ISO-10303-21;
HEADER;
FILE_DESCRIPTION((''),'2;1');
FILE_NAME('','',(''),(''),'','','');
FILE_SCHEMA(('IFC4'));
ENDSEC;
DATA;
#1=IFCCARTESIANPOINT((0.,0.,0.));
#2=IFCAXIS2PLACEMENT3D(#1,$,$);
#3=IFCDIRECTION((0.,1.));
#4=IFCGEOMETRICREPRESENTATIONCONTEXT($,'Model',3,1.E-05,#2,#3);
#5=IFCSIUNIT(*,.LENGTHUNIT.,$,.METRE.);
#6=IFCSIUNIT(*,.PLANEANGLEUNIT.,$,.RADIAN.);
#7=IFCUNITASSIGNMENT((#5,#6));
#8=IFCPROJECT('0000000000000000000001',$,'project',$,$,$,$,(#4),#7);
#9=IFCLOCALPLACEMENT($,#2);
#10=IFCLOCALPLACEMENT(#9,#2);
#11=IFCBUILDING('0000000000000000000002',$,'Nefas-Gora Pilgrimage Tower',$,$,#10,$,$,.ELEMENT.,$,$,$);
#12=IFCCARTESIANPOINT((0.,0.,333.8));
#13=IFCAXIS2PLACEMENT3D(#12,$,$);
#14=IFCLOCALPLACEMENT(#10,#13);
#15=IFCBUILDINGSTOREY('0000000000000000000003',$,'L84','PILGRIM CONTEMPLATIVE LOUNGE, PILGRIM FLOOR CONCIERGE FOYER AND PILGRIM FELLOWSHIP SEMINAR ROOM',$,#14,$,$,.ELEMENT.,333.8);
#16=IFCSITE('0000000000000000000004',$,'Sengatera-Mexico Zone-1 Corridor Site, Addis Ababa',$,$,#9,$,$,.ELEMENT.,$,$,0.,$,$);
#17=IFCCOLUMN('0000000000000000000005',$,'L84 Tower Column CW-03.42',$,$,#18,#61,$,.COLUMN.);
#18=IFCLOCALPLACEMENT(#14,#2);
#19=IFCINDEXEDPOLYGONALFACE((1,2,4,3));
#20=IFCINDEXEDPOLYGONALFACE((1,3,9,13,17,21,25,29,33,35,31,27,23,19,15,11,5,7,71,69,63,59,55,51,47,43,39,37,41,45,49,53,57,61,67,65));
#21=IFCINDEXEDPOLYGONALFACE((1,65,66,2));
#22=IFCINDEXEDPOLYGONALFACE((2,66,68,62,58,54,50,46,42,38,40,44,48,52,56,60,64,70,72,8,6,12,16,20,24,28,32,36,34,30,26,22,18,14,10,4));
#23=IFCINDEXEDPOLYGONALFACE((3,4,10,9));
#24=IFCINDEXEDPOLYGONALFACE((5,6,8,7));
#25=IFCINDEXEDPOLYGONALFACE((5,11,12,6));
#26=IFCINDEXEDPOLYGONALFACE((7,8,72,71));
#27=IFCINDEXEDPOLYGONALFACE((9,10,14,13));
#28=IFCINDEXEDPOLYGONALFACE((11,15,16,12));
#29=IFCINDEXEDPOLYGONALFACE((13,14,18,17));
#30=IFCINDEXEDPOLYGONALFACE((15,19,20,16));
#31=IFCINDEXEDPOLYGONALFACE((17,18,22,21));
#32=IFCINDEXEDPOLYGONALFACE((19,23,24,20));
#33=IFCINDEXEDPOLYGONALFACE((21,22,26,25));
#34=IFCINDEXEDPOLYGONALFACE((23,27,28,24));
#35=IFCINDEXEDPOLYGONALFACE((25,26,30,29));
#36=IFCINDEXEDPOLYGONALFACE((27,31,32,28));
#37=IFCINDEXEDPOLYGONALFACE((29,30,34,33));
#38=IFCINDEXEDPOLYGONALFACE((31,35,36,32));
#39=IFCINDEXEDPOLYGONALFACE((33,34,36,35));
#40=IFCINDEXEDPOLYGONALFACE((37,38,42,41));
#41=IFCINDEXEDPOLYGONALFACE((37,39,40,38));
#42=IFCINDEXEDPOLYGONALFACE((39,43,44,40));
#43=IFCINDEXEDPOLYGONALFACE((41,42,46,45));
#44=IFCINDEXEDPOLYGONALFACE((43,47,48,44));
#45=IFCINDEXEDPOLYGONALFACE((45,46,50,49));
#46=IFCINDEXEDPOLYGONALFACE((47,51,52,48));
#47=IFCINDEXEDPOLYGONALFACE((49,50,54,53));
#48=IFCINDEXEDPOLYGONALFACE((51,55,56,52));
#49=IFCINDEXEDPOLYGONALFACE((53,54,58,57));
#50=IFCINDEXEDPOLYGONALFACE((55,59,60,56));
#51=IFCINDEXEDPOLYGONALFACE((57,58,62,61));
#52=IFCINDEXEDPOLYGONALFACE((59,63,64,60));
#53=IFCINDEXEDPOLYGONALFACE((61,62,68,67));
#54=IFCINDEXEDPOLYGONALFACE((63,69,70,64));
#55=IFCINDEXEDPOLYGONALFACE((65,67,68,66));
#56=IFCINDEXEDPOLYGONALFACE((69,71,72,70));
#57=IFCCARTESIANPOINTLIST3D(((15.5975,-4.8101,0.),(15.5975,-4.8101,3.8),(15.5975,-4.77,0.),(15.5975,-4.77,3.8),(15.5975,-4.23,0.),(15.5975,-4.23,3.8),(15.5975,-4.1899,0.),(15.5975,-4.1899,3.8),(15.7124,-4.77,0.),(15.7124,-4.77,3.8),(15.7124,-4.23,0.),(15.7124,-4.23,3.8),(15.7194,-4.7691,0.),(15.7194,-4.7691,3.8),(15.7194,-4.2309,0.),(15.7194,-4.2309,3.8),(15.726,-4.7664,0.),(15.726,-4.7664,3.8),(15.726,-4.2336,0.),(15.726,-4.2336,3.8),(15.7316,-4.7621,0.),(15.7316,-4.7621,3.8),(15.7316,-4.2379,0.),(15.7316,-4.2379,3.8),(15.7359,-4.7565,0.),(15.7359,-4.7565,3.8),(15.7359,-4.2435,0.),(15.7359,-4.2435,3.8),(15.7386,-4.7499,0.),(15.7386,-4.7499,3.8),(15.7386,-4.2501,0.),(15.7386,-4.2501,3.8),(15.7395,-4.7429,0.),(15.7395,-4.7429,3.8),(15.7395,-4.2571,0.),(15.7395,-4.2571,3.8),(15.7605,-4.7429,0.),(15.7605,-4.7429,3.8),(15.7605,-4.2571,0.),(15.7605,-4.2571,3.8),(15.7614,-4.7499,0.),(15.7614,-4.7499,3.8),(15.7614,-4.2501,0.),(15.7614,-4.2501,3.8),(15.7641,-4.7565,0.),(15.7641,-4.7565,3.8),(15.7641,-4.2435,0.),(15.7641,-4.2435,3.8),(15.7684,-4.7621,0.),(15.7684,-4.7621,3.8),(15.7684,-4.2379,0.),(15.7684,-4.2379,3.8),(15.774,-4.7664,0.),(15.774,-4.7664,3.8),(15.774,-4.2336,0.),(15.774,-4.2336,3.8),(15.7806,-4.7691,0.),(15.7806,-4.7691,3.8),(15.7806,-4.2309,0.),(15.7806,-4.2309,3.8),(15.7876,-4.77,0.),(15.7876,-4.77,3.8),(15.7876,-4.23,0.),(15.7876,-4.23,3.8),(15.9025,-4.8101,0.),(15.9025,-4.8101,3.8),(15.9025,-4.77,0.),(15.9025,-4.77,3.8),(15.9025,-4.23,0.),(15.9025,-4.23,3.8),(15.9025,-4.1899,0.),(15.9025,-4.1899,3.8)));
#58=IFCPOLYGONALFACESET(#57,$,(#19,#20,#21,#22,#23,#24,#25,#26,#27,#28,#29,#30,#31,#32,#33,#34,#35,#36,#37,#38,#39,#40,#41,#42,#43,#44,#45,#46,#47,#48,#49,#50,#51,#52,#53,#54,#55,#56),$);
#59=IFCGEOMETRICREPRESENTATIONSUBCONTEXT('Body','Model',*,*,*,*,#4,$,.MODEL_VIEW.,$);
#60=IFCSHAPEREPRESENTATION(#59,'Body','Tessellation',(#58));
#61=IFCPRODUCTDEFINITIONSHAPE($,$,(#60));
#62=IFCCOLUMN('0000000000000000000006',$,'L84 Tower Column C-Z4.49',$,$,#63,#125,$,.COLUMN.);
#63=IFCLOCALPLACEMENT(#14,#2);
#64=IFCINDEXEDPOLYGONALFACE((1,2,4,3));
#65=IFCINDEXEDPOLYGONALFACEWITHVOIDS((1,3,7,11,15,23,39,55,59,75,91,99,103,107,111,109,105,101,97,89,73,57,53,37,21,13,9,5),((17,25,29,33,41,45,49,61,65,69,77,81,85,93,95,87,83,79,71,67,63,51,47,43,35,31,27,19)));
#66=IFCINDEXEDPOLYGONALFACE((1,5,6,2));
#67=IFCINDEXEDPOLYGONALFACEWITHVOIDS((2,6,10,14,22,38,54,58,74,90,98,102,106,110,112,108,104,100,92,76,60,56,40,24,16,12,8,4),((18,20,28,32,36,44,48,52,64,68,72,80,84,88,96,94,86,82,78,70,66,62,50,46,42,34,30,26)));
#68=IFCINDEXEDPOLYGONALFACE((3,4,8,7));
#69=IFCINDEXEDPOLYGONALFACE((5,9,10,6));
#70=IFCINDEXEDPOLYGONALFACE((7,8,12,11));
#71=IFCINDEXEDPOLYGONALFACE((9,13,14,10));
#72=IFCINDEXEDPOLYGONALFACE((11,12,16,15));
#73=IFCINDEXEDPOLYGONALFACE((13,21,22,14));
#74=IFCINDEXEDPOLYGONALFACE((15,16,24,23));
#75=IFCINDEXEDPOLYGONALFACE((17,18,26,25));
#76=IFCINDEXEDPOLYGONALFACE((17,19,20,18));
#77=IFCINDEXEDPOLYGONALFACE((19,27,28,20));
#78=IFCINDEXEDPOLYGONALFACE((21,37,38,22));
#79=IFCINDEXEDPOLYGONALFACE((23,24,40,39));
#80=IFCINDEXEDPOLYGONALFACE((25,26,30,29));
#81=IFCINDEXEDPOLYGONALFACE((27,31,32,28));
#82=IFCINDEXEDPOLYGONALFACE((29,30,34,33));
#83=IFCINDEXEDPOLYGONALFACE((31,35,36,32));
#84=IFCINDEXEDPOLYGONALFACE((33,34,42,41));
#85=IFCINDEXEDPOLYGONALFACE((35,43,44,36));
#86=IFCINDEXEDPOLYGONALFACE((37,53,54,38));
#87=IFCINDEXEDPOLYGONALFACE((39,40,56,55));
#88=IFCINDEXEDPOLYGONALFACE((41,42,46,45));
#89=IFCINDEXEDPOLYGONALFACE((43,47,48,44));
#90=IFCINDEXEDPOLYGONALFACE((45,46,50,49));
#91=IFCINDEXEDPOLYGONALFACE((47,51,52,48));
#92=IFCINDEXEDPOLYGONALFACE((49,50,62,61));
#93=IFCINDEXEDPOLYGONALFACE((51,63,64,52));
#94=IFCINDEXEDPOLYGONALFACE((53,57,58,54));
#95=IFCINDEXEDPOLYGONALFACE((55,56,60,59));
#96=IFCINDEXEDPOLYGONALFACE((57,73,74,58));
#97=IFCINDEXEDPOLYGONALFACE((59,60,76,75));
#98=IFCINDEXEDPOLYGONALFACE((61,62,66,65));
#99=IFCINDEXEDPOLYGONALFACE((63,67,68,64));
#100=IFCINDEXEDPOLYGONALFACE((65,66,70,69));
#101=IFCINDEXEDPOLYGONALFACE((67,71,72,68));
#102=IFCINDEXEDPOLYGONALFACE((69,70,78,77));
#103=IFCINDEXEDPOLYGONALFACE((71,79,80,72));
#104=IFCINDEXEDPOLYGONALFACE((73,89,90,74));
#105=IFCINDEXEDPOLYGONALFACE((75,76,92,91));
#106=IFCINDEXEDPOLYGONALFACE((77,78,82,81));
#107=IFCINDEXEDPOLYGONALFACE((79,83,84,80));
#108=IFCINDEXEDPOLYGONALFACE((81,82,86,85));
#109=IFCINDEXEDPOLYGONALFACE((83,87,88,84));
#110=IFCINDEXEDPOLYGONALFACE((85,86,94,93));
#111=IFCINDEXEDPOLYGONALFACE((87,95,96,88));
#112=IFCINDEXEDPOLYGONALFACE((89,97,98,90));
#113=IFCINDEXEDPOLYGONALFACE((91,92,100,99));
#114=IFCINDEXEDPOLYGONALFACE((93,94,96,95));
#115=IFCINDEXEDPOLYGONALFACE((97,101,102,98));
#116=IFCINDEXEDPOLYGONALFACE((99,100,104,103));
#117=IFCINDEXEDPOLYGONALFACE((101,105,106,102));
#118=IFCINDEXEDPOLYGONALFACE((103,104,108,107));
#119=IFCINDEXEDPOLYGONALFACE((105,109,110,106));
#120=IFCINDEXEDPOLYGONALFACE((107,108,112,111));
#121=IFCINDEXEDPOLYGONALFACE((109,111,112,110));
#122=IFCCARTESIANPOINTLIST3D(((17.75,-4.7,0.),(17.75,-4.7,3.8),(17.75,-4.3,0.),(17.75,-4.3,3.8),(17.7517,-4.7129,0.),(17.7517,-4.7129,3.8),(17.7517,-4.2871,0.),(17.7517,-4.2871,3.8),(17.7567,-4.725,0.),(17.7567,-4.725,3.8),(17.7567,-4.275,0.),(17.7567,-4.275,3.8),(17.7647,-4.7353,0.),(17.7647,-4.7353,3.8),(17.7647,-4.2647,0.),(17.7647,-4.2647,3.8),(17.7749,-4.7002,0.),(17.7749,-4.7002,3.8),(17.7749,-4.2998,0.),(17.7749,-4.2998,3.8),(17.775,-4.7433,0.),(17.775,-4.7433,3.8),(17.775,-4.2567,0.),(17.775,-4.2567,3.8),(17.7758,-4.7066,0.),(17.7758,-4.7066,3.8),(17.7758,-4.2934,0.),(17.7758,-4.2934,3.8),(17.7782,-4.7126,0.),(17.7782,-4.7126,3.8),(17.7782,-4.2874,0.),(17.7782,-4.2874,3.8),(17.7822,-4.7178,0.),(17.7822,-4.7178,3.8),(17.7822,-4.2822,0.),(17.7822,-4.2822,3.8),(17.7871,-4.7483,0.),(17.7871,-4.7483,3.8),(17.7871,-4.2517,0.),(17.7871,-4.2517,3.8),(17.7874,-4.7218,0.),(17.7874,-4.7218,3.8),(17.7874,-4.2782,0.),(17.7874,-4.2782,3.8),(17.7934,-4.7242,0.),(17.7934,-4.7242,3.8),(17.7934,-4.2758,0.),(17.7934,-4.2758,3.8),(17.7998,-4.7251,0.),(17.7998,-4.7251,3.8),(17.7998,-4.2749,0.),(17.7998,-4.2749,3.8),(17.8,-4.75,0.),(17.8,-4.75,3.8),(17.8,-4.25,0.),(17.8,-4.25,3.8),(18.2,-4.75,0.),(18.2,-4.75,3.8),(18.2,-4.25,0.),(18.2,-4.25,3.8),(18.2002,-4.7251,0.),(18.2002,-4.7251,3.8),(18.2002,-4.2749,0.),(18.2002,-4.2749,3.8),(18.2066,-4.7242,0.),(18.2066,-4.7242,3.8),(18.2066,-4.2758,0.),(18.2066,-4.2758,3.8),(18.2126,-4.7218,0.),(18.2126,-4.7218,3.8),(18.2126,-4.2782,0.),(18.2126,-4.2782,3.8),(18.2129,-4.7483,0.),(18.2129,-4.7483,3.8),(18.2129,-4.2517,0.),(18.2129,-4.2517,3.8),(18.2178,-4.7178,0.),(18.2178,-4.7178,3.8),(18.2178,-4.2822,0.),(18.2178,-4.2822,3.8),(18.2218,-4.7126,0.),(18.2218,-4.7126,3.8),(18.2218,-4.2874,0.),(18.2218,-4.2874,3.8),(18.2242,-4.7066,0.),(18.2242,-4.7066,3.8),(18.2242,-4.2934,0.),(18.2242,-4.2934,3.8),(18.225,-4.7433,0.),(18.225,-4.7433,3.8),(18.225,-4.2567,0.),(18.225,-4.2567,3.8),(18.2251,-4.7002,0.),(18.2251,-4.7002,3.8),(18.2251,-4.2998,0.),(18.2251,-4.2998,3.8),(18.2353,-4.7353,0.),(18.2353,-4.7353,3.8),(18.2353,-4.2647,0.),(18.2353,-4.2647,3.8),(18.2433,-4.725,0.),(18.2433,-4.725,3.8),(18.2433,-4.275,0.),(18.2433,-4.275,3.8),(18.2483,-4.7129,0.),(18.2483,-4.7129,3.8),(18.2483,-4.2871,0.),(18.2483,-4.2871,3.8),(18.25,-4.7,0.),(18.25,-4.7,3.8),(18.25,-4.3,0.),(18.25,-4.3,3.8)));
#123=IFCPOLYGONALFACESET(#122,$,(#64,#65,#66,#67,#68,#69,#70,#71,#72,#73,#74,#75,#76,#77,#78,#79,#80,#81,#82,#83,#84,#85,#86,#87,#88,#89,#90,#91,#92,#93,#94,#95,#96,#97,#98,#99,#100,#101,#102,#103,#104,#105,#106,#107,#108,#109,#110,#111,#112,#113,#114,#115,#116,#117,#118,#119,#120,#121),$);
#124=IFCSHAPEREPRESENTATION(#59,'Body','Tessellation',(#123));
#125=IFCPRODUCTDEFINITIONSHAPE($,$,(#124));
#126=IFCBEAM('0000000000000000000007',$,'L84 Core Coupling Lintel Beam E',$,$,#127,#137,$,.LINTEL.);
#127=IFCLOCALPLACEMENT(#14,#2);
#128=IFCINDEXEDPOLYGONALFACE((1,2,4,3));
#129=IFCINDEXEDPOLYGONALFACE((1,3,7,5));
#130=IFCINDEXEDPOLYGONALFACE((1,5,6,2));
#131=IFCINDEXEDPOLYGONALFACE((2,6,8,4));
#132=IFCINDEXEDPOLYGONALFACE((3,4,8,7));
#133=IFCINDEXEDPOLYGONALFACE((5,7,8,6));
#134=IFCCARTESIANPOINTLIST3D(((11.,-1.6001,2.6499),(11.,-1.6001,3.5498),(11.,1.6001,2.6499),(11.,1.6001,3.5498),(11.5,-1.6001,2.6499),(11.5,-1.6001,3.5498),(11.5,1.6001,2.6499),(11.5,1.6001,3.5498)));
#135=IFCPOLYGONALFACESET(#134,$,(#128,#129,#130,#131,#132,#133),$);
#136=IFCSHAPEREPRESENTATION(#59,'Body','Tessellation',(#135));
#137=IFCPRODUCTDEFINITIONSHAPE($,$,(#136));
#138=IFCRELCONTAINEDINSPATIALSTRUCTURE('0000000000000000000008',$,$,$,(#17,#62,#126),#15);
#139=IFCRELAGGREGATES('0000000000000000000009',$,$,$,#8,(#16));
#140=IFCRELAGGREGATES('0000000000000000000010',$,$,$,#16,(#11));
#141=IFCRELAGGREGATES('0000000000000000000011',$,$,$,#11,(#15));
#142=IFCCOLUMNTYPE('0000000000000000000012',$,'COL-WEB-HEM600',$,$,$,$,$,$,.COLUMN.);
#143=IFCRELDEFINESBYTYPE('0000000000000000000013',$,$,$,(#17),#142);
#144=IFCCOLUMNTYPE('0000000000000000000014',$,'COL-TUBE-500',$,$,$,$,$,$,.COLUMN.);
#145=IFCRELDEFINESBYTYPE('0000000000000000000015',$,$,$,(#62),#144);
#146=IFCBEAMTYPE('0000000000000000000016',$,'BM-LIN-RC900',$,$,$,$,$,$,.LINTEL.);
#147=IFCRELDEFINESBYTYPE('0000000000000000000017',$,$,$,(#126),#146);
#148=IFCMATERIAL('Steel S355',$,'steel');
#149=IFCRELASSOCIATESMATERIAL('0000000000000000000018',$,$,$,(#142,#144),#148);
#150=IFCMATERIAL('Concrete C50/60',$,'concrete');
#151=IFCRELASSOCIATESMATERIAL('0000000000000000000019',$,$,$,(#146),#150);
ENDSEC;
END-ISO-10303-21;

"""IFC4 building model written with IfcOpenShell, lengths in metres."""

from ifc_helpers import new_model, si_unit, direction, frame, origin, origin_2d, place, context, subcontext, project, spatial, rectangle, hollow_rectangle, i_section, extrude, source, transform, mapped, material, material_profile, profile_set, type_object, element, save


model = new_model("IFC4")

# Units and contexts
model_context = context("Model", 3, precision=1e-05, world=origin(), true_north=direction((0.0, 1.0)))
body_context = subcontext(model_context, "Body", "Model", "MODEL_VIEW")
ifc_project = project(units=[si_unit("LENGTHUNIT", "METRE"), si_unit("PLANEANGLEUNIT", "RADIAN")], contexts=[model_context])

# Site, building, storey
site_placement = place(None, origin())
site = spatial("IfcSite", under=ifc_project, at=site_placement, Name="Sengatera-Mexico Zone-1 Corridor Site, Addis Ababa", CompositionType="ELEMENT", RefElevation=0.0)
building_placement = place(site_placement, origin())
building = spatial("IfcBuilding", under=site, at=building_placement, Name="Nefas-Gora Pilgrimage Tower", CompositionType="ELEMENT")
storey_placement = place(building_placement, frame((0.0, 0.0, 333.8)))
storey = spatial("IfcBuildingStorey", under=building, at=storey_placement, Name="L84", Description="PILGRIM CONTEMPLATIVE LOUNGE, PILGRIM FLOOR CONCIERGE FOYER AND PILGRIM FELLOWSHIP SEMINAR ROOM", CompositionType="ELEMENT", Elevation=333.8)

# Columns
ifc_material_1 = material(Name="Steel S355", Category="steel")
ifc_material_profile_1 = material_profile(ifc_material_1, i_section(OverallWidth=0.3049, OverallDepth=0.6201, WebThickness=0.021, FlangeThickness=0.04, FilletRadius=0.0271, at=origin_2d()), Name="HEM 600")
ifc_profile_set_1 = profile_set([ifc_material_profile_1], Name="Steel S355")
column_type_1 = type_object("IfcColumnType", Name="COL-WEB-HEM600", PredefinedType="COLUMN", material=ifc_profile_set_1)
shared_shape_1 = source(origin(), body_context, "Body", "SweptSolid", [
    extrude(i_section(OverallWidth=0.3049, OverallDepth=0.6201, WebThickness=0.021, FlangeThickness=0.04, FilletRadius=0.0271, at=origin_2d()), origin(), (0.0, 0.0, 1.0), 3.8),
])
column_1_placement = place(storey_placement, frame((15.75, -4.5, 0.0), z_axis=(0.0, 0.0, 1.0), x_axis=(1.0, 0.0, 0.0)))
element("IfcColumn", 1, at=column_1_placement, inside=storey, type_object=column_type_1, Name="L84 Tower Column CW-03.42", PredefinedType="COLUMN", context=body_context, shape_type="MappedRepresentation", body=[
    mapped(shared_shape_1, transform((0.0, 0.0, 0.0), x_axis=(1.0, 0.0, 0.0), y_axis=(0.0, 1.0, 0.0), z_axis=(0.0, 0.0, 1.0), scale=1.0)),
])
ifc_material_profile_2 = material_profile(ifc_material_1, hollow_rectangle(XDim=0.5, YDim=0.5, WallThickness=0.0249, InnerFilletRadius=0.0249, OuterFilletRadius=0.05, at=origin_2d()), Name="SHS 500x500x25")
ifc_profile_set_2 = profile_set([ifc_material_profile_2], Name="Steel S355")
column_type_2 = type_object("IfcColumnType", Name="COL-TUBE-500", PredefinedType="COLUMN", material=ifc_profile_set_2)
shared_shape_2 = source(origin(), body_context, "Body", "SweptSolid", [
    extrude(hollow_rectangle(XDim=0.5, YDim=0.5, WallThickness=0.0249, InnerFilletRadius=0.0249, OuterFilletRadius=0.05, at=origin_2d()), origin(), (0.0, 0.0, 1.0), 3.8),
])
column_2_placement = place(storey_placement, frame((18.0, -4.5, 0.0), z_axis=(0.0, 0.0, 1.0), x_axis=(1.0, 0.0, 0.0)))
element("IfcColumn", 2, at=column_2_placement, inside=storey, type_object=column_type_2, Name="L84 Tower Column C-Z4.49", PredefinedType="COLUMN", context=body_context, shape_type="MappedRepresentation", body=[
    mapped(shared_shape_2, transform((0.0, 0.0, 0.0), x_axis=(1.0, 0.0, 0.0), y_axis=(0.0, 1.0, 0.0), z_axis=(0.0, 0.0, 1.0), scale=1.0)),
])

# Beam
ifc_material_2 = material(Name="Concrete C50/60", Category="concrete")
ifc_material_profile_3 = material_profile(ifc_material_2, rectangle(XDim=0.5, YDim=0.8999, at=origin_2d()), Name="RC 500x900")
ifc_profile_set_3 = profile_set([ifc_material_profile_3], Name="Concrete C50/60")
beam_type_1 = type_object("IfcBeamType", Name="BM-LIN-RC900", PredefinedType="LINTEL", material=ifc_profile_set_3)
shared_shape_3 = source(origin(), body_context, "Body", "SweptSolid", [
    extrude(rectangle(XDim=0.5, YDim=0.8999, at=origin_2d()), origin(), (0.0, 0.0, 1.0), 3.2002),
])
beam_1_placement = place(storey_placement, frame((11.25, -1.6001, 3.0999), z_axis=(0.0, 1.0, 0.0), x_axis=(-1.0, 0.0, 0.0)))
element("IfcBeam", 3, at=beam_1_placement, inside=storey, type_object=beam_type_1, Name="L84 Core Coupling Lintel Beam E", PredefinedType="LINTEL", context=body_context, shape_type="MappedRepresentation", body=[
    mapped(shared_shape_3, transform((0.0, 0.0, 0.0), x_axis=(1.0, 0.0, 0.0), y_axis=(0.0, 1.0, 0.0), z_axis=(0.0, 0.0, 1.0), scale=1.0)),
])

save(model, "model.ifc")
